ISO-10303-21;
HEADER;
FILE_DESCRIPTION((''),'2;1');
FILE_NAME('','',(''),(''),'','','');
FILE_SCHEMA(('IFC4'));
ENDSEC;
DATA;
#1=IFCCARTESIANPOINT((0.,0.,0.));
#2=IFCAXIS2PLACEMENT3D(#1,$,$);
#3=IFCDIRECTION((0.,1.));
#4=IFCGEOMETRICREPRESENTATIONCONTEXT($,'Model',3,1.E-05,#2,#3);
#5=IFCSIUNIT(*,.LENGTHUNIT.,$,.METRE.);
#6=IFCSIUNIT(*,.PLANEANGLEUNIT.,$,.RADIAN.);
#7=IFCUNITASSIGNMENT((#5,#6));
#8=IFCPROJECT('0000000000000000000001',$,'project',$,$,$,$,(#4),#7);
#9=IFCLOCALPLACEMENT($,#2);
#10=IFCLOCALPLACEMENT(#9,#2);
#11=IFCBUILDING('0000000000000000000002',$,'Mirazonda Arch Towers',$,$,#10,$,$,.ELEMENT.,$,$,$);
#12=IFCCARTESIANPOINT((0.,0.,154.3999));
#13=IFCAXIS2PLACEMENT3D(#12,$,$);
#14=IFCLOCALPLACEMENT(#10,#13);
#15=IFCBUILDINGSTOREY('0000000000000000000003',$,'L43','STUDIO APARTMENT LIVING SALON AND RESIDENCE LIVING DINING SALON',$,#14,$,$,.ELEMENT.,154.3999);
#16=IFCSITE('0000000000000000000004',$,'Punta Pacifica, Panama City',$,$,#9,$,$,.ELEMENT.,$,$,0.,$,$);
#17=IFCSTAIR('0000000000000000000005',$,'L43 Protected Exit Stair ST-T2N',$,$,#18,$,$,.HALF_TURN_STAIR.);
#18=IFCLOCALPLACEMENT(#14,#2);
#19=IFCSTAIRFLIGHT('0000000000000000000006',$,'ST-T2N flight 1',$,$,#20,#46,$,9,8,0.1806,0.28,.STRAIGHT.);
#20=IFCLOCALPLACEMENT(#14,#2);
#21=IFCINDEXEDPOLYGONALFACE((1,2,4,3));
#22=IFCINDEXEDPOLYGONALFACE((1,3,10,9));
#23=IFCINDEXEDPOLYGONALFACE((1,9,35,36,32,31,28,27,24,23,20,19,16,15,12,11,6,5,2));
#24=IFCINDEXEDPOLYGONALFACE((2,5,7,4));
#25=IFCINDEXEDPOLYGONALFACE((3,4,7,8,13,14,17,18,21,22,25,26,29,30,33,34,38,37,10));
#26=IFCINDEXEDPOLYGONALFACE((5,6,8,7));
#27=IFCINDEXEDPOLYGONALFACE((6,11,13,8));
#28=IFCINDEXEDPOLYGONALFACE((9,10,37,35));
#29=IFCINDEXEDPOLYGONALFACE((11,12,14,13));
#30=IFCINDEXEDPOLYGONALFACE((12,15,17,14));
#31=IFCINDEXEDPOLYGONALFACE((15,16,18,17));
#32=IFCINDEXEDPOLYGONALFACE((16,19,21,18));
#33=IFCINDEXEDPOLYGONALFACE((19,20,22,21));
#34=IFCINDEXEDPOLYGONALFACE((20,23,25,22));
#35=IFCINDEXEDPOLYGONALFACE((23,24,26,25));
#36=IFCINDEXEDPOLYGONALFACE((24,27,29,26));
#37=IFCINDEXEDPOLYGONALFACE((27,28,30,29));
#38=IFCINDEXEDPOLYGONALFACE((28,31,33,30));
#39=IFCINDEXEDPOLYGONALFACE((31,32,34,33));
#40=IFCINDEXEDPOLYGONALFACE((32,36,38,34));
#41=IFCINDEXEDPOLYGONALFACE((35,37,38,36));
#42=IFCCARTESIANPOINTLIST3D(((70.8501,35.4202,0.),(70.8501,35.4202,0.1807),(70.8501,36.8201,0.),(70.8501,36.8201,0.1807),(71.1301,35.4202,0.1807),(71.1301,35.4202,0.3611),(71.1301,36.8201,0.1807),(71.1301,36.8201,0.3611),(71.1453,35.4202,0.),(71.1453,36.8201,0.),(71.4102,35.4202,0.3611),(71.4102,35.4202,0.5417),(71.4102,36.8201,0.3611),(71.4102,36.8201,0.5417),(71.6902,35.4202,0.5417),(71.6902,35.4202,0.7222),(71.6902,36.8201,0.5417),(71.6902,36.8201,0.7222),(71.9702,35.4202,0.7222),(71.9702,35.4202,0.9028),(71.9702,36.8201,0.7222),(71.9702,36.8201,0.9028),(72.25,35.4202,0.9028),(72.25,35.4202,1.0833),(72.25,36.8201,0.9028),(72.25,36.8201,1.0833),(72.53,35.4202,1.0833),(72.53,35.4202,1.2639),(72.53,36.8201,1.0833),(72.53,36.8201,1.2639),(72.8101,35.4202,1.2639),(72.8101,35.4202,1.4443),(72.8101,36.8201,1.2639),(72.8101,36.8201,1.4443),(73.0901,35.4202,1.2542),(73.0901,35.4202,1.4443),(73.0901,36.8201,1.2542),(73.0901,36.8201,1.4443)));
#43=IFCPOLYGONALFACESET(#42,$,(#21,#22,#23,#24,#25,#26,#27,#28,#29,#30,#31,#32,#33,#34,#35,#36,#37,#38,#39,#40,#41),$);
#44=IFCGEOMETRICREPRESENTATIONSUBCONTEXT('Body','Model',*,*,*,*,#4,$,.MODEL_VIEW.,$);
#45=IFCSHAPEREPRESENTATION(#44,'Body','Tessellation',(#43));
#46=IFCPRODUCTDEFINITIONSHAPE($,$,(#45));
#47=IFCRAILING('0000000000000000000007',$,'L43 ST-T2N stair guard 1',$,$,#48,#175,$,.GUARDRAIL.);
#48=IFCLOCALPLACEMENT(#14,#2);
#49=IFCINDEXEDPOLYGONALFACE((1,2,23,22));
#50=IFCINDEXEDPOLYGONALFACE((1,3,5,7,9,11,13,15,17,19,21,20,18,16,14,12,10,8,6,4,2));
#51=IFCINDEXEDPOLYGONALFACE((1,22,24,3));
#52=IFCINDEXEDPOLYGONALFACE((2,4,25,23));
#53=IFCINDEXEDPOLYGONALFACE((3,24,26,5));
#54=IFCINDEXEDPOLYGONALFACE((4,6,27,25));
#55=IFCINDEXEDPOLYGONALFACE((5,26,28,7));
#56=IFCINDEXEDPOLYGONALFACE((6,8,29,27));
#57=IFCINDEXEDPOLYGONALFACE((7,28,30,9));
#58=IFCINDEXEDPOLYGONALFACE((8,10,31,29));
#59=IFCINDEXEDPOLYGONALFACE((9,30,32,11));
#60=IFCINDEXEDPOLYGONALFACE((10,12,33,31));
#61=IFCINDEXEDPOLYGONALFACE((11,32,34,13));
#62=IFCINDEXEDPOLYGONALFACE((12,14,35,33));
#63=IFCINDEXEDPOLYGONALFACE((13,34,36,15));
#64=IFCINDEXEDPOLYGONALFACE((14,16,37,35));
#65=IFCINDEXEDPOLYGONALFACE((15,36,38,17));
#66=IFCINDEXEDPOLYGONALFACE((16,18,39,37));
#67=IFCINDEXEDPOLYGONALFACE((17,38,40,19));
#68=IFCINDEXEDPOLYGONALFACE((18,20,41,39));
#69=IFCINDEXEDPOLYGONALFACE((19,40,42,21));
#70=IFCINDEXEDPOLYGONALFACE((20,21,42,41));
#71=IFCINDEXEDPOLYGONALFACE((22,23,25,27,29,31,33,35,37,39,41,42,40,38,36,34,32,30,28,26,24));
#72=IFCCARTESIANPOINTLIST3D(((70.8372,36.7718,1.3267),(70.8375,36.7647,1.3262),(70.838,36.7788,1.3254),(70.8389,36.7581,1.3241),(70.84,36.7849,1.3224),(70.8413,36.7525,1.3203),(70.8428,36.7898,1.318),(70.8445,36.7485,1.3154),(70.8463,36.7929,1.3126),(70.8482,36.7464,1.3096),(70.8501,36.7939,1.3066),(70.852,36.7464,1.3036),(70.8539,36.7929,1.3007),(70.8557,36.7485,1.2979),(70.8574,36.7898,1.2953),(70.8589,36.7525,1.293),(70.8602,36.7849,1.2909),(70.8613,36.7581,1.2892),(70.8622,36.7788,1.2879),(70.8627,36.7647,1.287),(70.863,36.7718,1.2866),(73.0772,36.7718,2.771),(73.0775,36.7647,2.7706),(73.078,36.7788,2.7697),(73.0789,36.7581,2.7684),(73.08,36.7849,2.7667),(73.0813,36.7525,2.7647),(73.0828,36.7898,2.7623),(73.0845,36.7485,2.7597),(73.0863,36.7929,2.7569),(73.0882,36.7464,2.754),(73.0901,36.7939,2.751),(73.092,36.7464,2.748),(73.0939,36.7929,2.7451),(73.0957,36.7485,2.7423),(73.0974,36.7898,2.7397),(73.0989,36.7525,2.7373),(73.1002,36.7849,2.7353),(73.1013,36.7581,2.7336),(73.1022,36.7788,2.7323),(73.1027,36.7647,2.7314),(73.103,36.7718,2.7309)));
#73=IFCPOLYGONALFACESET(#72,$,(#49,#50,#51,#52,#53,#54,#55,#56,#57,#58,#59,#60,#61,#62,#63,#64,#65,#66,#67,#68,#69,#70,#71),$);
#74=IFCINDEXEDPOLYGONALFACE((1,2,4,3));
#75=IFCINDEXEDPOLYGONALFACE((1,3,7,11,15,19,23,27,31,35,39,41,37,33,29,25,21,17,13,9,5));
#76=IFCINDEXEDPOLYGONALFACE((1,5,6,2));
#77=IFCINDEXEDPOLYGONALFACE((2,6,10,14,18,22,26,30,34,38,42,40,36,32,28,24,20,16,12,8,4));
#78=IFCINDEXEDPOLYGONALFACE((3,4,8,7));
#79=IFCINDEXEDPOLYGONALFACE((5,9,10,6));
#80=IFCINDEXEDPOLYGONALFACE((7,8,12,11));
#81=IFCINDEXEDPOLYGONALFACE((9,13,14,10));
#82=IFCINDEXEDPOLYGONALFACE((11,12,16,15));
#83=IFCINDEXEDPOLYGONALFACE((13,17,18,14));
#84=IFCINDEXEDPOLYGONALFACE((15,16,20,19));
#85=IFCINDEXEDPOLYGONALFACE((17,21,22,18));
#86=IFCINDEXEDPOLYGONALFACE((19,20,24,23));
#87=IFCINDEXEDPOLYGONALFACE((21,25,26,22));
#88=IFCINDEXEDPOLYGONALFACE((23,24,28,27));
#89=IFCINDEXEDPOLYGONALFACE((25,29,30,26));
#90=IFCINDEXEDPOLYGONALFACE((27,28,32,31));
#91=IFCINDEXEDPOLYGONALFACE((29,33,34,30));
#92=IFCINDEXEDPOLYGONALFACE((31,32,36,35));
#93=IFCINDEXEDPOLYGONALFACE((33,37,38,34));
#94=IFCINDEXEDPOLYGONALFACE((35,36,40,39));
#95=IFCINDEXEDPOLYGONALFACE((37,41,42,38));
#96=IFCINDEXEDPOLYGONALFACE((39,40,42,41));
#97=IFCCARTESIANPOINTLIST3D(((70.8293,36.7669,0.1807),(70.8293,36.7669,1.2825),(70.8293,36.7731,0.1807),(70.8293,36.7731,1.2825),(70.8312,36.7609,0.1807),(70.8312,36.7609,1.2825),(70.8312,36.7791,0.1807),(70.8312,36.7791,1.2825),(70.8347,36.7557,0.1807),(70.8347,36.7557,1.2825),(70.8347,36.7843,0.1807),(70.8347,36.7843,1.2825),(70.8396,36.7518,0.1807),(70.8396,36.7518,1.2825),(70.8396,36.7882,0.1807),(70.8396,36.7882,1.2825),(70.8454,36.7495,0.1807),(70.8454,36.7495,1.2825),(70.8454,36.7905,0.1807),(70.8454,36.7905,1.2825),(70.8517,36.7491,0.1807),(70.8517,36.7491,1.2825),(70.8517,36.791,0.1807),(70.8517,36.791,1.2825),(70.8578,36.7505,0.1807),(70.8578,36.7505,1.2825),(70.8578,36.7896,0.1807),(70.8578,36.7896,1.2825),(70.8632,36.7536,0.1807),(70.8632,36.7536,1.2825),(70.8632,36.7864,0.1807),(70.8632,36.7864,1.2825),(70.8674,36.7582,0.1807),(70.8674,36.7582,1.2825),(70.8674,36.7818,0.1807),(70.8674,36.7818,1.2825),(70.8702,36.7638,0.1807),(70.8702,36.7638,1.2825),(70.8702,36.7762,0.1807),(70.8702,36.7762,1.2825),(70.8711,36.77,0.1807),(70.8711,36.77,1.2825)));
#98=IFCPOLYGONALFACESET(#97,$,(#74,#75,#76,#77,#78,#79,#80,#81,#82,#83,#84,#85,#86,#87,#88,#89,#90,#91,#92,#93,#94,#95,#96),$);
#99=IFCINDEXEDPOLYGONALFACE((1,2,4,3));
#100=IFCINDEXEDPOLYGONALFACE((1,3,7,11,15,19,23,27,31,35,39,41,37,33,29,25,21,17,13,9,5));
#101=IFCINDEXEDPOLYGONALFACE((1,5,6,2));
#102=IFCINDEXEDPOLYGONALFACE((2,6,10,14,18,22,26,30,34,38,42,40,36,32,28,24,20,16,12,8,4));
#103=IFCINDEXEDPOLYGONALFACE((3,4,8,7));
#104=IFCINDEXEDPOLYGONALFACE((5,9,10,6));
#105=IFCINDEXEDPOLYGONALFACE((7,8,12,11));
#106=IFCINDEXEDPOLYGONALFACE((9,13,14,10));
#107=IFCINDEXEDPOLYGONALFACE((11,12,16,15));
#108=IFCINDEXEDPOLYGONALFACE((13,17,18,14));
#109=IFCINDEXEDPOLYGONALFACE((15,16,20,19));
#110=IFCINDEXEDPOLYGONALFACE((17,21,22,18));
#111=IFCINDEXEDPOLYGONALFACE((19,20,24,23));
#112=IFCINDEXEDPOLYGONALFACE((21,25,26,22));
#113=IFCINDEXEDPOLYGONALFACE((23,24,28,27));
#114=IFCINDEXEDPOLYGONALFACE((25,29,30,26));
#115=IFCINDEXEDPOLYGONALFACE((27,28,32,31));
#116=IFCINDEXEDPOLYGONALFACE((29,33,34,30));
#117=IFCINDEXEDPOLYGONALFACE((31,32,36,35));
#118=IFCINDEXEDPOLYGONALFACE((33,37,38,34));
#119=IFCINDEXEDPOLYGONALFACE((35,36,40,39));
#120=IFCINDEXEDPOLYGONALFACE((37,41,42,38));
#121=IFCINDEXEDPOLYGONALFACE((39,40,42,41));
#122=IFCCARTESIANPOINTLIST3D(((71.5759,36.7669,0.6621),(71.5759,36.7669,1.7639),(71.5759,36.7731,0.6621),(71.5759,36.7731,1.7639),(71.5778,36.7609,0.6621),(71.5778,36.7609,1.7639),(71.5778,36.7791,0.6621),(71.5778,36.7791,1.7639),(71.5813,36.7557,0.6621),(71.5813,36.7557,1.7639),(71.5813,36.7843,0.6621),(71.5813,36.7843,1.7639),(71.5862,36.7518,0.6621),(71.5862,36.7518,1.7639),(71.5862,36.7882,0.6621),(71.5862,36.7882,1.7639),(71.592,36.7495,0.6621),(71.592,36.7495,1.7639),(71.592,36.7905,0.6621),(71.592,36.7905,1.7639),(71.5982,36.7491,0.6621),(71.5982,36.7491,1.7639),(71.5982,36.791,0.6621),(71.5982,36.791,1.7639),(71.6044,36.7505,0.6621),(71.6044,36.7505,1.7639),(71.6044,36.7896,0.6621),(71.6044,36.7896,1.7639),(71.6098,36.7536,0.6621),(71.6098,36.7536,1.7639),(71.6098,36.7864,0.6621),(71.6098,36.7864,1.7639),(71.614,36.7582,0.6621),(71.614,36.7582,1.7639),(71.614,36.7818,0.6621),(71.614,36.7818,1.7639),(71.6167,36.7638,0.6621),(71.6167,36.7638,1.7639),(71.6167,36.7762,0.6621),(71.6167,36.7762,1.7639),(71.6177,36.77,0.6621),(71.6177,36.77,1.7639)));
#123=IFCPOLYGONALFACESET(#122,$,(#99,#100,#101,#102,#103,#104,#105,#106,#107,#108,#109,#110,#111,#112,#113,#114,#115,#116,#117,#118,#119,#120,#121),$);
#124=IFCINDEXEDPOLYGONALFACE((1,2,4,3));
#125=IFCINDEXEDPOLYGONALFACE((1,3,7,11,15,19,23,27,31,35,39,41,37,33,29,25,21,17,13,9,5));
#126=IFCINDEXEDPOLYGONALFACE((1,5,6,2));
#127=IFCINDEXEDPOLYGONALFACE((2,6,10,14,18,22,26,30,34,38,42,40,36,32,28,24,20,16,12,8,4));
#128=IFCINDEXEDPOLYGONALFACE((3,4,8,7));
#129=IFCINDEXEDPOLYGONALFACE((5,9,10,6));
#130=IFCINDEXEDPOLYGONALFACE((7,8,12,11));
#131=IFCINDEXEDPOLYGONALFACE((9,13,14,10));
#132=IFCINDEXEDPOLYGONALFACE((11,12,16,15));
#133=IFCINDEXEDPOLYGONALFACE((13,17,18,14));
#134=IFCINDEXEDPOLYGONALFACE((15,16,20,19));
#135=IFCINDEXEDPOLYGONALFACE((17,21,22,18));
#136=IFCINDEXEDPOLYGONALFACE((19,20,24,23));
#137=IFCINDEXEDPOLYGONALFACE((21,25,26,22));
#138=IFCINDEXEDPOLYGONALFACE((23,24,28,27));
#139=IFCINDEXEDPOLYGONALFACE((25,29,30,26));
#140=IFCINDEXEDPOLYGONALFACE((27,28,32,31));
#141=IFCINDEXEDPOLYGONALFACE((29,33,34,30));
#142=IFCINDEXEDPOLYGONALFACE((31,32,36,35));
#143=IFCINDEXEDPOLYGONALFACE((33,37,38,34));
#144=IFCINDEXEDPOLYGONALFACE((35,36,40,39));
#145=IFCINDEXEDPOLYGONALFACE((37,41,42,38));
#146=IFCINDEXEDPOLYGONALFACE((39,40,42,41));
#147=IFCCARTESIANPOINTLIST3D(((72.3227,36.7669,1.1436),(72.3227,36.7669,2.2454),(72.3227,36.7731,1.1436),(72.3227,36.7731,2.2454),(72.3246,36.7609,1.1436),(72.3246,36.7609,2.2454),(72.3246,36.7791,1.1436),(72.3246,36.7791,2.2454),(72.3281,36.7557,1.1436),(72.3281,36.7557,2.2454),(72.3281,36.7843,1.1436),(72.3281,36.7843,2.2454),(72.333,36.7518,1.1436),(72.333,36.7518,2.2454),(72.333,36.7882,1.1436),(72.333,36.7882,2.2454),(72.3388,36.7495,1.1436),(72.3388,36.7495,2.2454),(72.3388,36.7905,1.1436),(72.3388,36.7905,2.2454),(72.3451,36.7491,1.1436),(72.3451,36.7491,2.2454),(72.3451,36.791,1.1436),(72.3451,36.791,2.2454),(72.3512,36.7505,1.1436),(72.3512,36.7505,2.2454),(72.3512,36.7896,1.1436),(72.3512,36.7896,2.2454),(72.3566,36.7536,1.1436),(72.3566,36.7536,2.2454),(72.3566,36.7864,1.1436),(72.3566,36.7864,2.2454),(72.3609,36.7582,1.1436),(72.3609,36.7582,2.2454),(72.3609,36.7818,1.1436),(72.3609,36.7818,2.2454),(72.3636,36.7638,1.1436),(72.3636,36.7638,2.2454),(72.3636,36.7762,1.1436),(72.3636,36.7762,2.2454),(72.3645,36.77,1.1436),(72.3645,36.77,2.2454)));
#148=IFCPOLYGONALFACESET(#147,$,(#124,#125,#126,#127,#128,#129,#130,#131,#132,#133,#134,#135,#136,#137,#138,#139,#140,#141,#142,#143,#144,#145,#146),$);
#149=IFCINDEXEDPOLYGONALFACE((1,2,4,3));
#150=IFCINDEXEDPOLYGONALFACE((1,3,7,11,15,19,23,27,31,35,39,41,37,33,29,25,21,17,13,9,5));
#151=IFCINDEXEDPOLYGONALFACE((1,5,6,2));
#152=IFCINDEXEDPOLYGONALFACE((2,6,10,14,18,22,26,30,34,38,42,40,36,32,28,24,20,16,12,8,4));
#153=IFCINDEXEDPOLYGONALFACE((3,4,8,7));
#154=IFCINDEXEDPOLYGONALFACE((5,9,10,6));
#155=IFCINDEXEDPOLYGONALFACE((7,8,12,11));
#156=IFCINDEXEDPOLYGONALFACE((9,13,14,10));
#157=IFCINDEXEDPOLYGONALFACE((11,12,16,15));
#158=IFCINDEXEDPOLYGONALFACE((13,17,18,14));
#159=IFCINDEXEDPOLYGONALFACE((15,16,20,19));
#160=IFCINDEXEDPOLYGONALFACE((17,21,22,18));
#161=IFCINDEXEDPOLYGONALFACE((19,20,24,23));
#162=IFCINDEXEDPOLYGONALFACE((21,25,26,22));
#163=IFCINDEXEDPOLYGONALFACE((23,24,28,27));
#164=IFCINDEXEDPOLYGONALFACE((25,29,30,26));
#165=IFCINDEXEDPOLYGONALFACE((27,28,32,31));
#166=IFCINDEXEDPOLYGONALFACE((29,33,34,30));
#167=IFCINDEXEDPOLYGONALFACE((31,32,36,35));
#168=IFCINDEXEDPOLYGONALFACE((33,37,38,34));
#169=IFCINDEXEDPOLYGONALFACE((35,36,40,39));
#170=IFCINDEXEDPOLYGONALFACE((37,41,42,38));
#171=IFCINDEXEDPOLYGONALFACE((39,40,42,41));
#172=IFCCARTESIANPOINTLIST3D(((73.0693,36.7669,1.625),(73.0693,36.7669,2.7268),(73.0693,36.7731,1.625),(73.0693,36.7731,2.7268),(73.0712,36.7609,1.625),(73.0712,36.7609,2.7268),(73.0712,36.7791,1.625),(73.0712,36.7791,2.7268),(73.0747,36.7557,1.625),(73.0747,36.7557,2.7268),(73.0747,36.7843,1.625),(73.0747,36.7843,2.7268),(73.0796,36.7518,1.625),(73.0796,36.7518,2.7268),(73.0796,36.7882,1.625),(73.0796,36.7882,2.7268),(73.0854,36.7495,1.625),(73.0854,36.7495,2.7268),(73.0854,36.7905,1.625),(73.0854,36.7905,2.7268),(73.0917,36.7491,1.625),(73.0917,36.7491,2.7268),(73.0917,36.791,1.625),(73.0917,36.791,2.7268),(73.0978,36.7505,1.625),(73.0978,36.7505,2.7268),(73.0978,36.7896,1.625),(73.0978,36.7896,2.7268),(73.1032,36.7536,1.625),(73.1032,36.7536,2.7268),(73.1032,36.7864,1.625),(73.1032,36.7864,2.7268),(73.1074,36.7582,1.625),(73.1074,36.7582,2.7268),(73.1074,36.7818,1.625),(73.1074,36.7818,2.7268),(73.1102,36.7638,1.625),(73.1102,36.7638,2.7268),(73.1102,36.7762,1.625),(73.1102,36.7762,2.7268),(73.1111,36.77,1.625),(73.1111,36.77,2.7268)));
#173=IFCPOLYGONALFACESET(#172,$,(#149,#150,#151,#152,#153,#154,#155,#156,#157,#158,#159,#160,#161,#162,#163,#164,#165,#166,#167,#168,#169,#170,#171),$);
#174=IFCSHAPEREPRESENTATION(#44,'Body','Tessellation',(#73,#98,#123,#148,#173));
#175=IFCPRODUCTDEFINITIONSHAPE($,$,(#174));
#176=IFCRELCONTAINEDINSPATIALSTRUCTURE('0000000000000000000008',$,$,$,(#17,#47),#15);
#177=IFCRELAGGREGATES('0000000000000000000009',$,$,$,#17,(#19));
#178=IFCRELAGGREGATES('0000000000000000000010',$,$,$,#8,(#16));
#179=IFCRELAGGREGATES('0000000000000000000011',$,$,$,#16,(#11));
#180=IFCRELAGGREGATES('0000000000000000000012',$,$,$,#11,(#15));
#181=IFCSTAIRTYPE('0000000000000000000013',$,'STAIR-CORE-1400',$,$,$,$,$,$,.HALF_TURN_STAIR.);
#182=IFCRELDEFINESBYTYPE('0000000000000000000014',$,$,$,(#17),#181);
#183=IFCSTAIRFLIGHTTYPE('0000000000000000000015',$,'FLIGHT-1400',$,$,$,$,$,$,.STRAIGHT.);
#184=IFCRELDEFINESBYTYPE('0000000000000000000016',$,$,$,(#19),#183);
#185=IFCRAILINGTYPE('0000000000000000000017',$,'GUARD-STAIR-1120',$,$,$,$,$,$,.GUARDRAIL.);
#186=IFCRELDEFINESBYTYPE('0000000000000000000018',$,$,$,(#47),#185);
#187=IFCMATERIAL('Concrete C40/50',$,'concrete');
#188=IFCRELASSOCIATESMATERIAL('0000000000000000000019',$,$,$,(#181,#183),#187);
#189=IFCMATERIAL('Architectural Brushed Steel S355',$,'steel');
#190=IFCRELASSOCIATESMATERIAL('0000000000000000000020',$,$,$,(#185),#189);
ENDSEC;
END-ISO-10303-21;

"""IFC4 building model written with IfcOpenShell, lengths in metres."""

from ifc_helpers import new_model, si_unit, direction, frame, origin, origin_2d, place, context, subcontext, project, spatial, polyline, circle, outline, extrude, material, type_object, element, aggregate, save


model = new_model("IFC4")

# Units and contexts
model_context = context("Model", 3, precision=1e-05, world=origin(), true_north=direction((0.0, 1.0)))
body_context = subcontext(model_context, "Body", "Model", "MODEL_VIEW")
ifc_project = project(units=[si_unit("LENGTHUNIT", "METRE"), si_unit("PLANEANGLEUNIT", "RADIAN")], contexts=[model_context])

# Site, building, storey
site_placement = place(None, origin())
site = spatial("IfcSite", under=ifc_project, at=site_placement, Name="Punta Pacifica, Panama City", CompositionType="ELEMENT", RefElevation=0.0)
building_placement = place(site_placement, origin())
building = spatial("IfcBuilding", under=site, at=building_placement, Name="Mirazonda Arch Towers", CompositionType="ELEMENT")
storey_placement = place(building_placement, frame((0.0, 0.0, 154.3999)))
storey = spatial("IfcBuildingStorey", under=building, at=storey_placement, Name="L43", Description="STUDIO APARTMENT LIVING SALON AND RESIDENCE LIVING DINING SALON", CompositionType="ELEMENT", Elevation=154.3999)

# Shared definitions
ifc_material_1 = material(Name="Architectural Brushed Steel S355", Category="steel")

# Stair, stair flight
ifc_material_2 = material(Name="Concrete C40/50", Category="concrete")
stair_type = type_object("IfcStairType", Name="STAIR-CORE-1400", PredefinedType="HALF_TURN_STAIR", material=ifc_material_2)
stair_placement = place(storey_placement, origin())
stair = element("IfcStair", 1, at=stair_placement, inside=storey, type_object=stair_type, Name="L43 Protected Exit Stair ST-T2N", PredefinedType="HALF_TURN_STAIR")
stair_flight_type = type_object("IfcStairFlightType", Name="FLIGHT-1400", PredefinedType="STRAIGHT", material=ifc_material_2)
stair_flight_placement = place(storey_placement, frame((70.8501, 36.1201, 0.0), z_axis=(0.0, 0.0, 1.0), x_axis=(1.0, 0.0, 0.0)))
stair_flight = element("IfcStairFlight", 2, at=stair_flight_placement, type_object=stair_flight_type, Name="ST-T2N flight 1", NumberOfRisers=9, NumberOfTreads=8, PredefinedType="STRAIGHT", RiserHeight=0.1806, TreadLength=0.28, context=body_context, shape_type="SweptSolid", body=[
    extrude(outline(polyline([(0.0, 0.0), (0.0, 0.1807), (0.28, 0.1807), (0.28, 0.3611), (0.5601, 0.3611), (0.5601, 0.5417), (0.8401, 0.5417), (0.8401, 0.7222), (1.1201, 0.7222), (1.1201, 0.9028), (1.3999, 0.9028), (1.3999, 1.0833), (1.6799, 1.0833), (1.6799, 1.2639), (1.96, 1.2639), (1.96, 1.4443), (2.24, 1.4443), (2.24, 1.625), (2.24, 1.2542), (0.2952, 0.0), (0.0, 0.0)])), frame((0.0, 0.7, 0.0), z_axis=(0.0, -1.0, 0.0), x_axis=(1.0, 0.0, 0.0)), (0.0, 0.0, 1.0), 1.3999),
])
aggregate(stair, [stair_flight])

# Railing
railing_type = type_object("IfcRailingType", Name="GUARD-STAIR-1120", PredefinedType="GUARDRAIL", material=ifc_material_1)
railing_placement = place(storey_placement, frame((70.8501, 36.77, 0.1807)))
element("IfcRailing", 3, at=railing_placement, inside=storey, type_object=railing_type, Name="L43 ST-T2N stair guard 1", PredefinedType="GUARDRAIL", context=body_context, shape_type="SweptSolid", body=[
    extrude(circle(Radius=0.0239, at=origin_2d()), frame((0.0, 0.0, 1.126), z_axis=(0.840437, 0.0, 0.54191), x_axis=(0.0, 1.0, 0.0)), (0.0, 0.0, 1.0), 2.6653),
    extrude(circle(Radius=0.021, at=origin_2d()), origin(), (0.0, 0.0, 1.0), 1.1018),
    extrude(circle(Radius=0.021, at=origin_2d()), frame((0.7466, 0.0, 0.4814)), (0.0, 0.0, 1.0), 1.1018),
    extrude(circle(Radius=0.021, at=origin_2d()), frame((1.4934, 0.0, 0.9629)), (0.0, 0.0, 1.0), 1.1018),
    extrude(circle(Radius=0.021, at=origin_2d()), frame((2.24, 0.0, 1.4443)), (0.0, 0.0, 1.0), 1.1018),
])

save(model, "model.ifc")
